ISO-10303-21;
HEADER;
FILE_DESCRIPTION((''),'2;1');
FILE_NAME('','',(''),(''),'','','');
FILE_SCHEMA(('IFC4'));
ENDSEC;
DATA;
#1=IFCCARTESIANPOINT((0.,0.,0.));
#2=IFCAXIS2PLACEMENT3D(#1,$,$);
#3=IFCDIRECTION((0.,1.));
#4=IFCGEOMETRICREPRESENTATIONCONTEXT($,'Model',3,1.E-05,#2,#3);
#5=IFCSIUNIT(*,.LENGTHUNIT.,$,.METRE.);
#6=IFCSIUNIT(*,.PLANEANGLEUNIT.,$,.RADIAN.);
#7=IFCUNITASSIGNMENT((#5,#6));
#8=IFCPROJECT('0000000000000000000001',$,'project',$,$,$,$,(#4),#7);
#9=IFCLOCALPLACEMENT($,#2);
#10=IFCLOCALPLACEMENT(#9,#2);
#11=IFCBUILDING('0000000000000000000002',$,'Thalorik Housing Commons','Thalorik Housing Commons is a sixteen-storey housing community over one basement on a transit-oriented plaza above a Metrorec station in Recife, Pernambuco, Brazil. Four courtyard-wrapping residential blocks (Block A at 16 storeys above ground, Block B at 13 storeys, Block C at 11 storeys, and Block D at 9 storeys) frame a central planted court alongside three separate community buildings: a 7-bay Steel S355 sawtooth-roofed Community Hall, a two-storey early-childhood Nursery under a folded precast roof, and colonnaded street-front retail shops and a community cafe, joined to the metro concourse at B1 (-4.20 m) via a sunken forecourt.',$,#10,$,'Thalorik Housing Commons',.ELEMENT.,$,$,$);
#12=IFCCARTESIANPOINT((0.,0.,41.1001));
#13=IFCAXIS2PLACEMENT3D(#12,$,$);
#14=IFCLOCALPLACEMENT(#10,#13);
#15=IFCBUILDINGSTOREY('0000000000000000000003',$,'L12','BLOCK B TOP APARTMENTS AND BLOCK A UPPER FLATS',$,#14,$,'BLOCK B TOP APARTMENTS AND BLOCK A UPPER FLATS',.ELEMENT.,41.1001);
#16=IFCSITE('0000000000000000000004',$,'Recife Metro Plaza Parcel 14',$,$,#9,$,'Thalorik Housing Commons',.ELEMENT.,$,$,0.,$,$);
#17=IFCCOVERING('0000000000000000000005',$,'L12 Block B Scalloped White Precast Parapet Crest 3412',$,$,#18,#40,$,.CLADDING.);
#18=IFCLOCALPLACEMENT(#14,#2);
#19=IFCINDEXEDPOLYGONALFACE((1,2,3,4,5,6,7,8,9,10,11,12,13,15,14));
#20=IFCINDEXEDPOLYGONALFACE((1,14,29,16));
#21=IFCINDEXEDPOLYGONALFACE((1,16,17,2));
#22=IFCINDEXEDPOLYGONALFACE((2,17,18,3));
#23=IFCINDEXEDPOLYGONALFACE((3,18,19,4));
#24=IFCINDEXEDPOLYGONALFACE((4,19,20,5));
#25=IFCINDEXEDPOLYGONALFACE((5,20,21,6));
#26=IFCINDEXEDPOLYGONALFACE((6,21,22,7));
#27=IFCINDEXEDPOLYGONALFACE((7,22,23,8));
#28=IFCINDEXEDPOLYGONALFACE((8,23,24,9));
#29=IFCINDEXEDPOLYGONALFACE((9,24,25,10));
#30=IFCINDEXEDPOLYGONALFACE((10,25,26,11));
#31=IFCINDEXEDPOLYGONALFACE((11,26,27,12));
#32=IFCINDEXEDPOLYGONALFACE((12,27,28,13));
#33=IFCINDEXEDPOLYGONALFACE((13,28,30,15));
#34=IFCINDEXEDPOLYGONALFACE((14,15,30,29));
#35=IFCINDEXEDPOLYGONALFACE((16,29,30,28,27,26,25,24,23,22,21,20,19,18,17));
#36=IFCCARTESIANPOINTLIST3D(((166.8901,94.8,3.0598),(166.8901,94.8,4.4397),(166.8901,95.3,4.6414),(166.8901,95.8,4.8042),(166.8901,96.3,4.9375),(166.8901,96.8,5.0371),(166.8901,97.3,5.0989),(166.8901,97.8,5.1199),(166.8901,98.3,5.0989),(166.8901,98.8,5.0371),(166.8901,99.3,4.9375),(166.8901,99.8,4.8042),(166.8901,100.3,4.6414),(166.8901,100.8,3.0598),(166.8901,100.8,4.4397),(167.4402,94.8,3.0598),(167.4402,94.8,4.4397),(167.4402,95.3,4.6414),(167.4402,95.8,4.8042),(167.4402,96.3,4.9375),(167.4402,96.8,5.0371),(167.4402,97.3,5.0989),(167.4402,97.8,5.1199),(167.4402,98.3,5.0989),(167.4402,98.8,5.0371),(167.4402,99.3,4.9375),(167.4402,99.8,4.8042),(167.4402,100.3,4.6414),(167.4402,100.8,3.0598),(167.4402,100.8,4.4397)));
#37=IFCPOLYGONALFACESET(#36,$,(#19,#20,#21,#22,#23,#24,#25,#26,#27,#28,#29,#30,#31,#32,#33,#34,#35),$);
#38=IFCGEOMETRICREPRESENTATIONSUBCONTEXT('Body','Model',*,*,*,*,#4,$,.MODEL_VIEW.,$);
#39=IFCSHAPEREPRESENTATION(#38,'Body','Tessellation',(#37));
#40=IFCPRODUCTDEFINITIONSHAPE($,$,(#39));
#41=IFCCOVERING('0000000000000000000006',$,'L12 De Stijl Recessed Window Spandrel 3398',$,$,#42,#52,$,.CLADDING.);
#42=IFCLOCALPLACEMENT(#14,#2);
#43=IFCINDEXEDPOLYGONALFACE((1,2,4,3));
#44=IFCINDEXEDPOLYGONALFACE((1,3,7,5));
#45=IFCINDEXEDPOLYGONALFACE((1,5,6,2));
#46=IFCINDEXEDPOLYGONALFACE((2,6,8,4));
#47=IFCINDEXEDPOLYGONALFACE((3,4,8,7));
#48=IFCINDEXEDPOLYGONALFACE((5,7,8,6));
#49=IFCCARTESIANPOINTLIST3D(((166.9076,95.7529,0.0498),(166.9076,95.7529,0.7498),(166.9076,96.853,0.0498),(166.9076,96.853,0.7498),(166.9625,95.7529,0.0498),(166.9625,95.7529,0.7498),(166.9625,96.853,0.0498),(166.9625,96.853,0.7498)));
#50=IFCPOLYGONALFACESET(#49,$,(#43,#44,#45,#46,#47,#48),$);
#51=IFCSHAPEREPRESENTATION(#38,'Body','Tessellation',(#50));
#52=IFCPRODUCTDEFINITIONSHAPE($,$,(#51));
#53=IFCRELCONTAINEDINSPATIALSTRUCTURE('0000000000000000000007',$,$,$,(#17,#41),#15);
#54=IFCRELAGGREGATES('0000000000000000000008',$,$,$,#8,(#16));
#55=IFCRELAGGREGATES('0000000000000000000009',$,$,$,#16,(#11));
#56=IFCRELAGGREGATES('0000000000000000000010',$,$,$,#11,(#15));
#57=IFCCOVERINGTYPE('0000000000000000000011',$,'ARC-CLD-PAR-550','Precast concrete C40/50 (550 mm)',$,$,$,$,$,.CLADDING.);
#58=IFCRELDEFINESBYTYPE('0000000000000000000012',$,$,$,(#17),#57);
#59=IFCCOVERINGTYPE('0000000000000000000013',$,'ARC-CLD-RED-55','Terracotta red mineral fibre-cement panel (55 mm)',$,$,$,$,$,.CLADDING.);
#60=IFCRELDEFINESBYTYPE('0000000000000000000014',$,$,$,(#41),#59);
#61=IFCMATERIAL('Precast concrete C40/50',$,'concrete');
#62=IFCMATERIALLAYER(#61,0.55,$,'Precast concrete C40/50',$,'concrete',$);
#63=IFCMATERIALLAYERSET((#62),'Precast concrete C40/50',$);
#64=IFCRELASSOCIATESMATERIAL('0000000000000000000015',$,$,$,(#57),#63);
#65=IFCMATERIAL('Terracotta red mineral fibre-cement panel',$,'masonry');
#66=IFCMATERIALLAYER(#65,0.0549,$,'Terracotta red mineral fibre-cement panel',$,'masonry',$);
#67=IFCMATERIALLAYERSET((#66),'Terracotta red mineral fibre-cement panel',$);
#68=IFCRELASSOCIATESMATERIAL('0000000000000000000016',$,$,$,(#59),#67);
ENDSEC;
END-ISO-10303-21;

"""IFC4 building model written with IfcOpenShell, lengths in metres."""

from ifc_helpers import new_model, si_unit, direction, frame, origin, origin_2d, place, context, subcontext, project, spatial, polyline, rectangle, outline, extrude, material, layer, layer_set, type_object, element, save


model = new_model("IFC4")

# Units and contexts
model_context = context("Model", 3, precision=1e-05, world=origin(), true_north=direction((0.0, 1.0)))
body_context = subcontext(model_context, "Body", "Model", "MODEL_VIEW")
ifc_project = project(units=[si_unit("LENGTHUNIT", "METRE"), si_unit("PLANEANGLEUNIT", "RADIAN")], contexts=[model_context])

# Site, building, storey
site_placement = place(None, origin())
site = spatial("IfcSite", under=ifc_project, at=site_placement, Name="Recife Metro Plaza Parcel 14", LongName="Thalorik Housing Commons", CompositionType="ELEMENT", RefElevation=0.0)
building_placement = place(site_placement, origin())
building = spatial("IfcBuilding", under=site, at=building_placement, Name="Thalorik Housing Commons", Description="Thalorik Housing Commons is a sixteen-storey housing community over one basement on a transit-oriented plaza above a Metrorec station in Recife, Pernambuco, Brazil. Four courtyard-wrapping residential blocks (Block A at 16 storeys above ground, Block B at 13 storeys, Block C at 11 storeys, and Block D at 9 storeys) frame a central planted court alongside three separate community buildings: a 7-bay Steel S355 sawtooth-roofed Community Hall, a two-storey early-childhood Nursery under a folded precast roof, and colonnaded street-front retail shops and a community cafe, joined to the metro concourse at B1 (-4.20 m) via a sunken forecourt.", LongName="Thalorik Housing Commons", CompositionType="ELEMENT")
storey_placement = place(building_placement, frame((0.0, 0.0, 41.1001)))
storey = spatial("IfcBuildingStorey", under=building, at=storey_placement, Name="L12", Description="BLOCK B TOP APARTMENTS AND BLOCK A UPPER FLATS", LongName="BLOCK B TOP APARTMENTS AND BLOCK A UPPER FLATS", CompositionType="ELEMENT", Elevation=41.1001)

# Shared definitions
ifc_material_1 = material(Name="Precast concrete C40/50", Category="concrete")

# Coverings
ifc_layer_1 = layer(ifc_material_1, 0.55, Name="Precast concrete C40/50", Category="concrete")
ifc_layer_set_1 = layer_set([ifc_layer_1], Name="Precast concrete C40/50")
covering_type_1 = type_object("IfcCoveringType", Name="ARC-CLD-PAR-550", Description="Precast concrete C40/50 (550 mm)", PredefinedType="CLADDING", material=ifc_layer_set_1)
covering_1_placement = place(storey_placement, frame((167.165, 97.8, 3.0598), z_axis=(0.0, 0.0, 1.0), x_axis=(0.0, 1.0, 0.0)))
element("IfcCovering", 1, at=covering_1_placement, inside=storey, type_object=covering_type_1, Name="L12 Block B Scalloped White Precast Parapet Crest 3412", PredefinedType="CLADDING", context=body_context, shape_type="SweptSolid", body=[
    extrude(outline(polyline([(-3.0, 0.0), (3.0, 0.0), (3.0, 1.3799), (2.5, 1.5815), (2.0, 1.7444), (1.5, 1.8777), (1.0, 1.9773), (0.5, 2.0391), (0.0, 2.0601), (-0.5, 2.0391), (-1.0, 1.9773), (-1.5, 1.8777), (-2.0, 1.7444), (-2.5, 1.5815), (-3.0, 1.3799), (-3.0, 0.0)])), frame((0.0, 0.2749, 0.0), z_axis=(0.0, -1.0, 0.0), x_axis=(1.0, 0.0, 0.0)), (0.0, 0.0, 1.0), 0.55),
])
ifc_material_2 = material(Name="Terracotta red mineral fibre-cement panel", Category="masonry")
ifc_layer_2 = layer(ifc_material_2, 0.0549, Name="Terracotta red mineral fibre-cement panel", Category="masonry")
ifc_layer_set_2 = layer_set([ifc_layer_2], Name="Terracotta red mineral fibre-cement panel")
covering_type_2 = type_object("IfcCoveringType", Name="ARC-CLD-RED-55", Description="Terracotta red mineral fibre-cement panel (55 mm)", PredefinedType="CLADDING", material=ifc_layer_set_2)
covering_2_placement = place(storey_placement, frame((166.9351, 96.303, 0.0498), z_axis=(0.0, 0.0, 1.0), x_axis=(0.0, 1.0, 0.0)))
element("IfcCovering", 2, at=covering_2_placement, inside=storey, type_object=covering_type_2, Name="L12 De Stijl Recessed Window Spandrel 3398", PredefinedType="CLADDING", context=body_context, shape_type="SweptSolid", body=[
    extrude(rectangle(XDim=1.1001, YDim=0.0549, at=origin_2d()), origin(), (0.0, 0.0, 1.0), 0.7),
])

save(model, "model.ifc")
